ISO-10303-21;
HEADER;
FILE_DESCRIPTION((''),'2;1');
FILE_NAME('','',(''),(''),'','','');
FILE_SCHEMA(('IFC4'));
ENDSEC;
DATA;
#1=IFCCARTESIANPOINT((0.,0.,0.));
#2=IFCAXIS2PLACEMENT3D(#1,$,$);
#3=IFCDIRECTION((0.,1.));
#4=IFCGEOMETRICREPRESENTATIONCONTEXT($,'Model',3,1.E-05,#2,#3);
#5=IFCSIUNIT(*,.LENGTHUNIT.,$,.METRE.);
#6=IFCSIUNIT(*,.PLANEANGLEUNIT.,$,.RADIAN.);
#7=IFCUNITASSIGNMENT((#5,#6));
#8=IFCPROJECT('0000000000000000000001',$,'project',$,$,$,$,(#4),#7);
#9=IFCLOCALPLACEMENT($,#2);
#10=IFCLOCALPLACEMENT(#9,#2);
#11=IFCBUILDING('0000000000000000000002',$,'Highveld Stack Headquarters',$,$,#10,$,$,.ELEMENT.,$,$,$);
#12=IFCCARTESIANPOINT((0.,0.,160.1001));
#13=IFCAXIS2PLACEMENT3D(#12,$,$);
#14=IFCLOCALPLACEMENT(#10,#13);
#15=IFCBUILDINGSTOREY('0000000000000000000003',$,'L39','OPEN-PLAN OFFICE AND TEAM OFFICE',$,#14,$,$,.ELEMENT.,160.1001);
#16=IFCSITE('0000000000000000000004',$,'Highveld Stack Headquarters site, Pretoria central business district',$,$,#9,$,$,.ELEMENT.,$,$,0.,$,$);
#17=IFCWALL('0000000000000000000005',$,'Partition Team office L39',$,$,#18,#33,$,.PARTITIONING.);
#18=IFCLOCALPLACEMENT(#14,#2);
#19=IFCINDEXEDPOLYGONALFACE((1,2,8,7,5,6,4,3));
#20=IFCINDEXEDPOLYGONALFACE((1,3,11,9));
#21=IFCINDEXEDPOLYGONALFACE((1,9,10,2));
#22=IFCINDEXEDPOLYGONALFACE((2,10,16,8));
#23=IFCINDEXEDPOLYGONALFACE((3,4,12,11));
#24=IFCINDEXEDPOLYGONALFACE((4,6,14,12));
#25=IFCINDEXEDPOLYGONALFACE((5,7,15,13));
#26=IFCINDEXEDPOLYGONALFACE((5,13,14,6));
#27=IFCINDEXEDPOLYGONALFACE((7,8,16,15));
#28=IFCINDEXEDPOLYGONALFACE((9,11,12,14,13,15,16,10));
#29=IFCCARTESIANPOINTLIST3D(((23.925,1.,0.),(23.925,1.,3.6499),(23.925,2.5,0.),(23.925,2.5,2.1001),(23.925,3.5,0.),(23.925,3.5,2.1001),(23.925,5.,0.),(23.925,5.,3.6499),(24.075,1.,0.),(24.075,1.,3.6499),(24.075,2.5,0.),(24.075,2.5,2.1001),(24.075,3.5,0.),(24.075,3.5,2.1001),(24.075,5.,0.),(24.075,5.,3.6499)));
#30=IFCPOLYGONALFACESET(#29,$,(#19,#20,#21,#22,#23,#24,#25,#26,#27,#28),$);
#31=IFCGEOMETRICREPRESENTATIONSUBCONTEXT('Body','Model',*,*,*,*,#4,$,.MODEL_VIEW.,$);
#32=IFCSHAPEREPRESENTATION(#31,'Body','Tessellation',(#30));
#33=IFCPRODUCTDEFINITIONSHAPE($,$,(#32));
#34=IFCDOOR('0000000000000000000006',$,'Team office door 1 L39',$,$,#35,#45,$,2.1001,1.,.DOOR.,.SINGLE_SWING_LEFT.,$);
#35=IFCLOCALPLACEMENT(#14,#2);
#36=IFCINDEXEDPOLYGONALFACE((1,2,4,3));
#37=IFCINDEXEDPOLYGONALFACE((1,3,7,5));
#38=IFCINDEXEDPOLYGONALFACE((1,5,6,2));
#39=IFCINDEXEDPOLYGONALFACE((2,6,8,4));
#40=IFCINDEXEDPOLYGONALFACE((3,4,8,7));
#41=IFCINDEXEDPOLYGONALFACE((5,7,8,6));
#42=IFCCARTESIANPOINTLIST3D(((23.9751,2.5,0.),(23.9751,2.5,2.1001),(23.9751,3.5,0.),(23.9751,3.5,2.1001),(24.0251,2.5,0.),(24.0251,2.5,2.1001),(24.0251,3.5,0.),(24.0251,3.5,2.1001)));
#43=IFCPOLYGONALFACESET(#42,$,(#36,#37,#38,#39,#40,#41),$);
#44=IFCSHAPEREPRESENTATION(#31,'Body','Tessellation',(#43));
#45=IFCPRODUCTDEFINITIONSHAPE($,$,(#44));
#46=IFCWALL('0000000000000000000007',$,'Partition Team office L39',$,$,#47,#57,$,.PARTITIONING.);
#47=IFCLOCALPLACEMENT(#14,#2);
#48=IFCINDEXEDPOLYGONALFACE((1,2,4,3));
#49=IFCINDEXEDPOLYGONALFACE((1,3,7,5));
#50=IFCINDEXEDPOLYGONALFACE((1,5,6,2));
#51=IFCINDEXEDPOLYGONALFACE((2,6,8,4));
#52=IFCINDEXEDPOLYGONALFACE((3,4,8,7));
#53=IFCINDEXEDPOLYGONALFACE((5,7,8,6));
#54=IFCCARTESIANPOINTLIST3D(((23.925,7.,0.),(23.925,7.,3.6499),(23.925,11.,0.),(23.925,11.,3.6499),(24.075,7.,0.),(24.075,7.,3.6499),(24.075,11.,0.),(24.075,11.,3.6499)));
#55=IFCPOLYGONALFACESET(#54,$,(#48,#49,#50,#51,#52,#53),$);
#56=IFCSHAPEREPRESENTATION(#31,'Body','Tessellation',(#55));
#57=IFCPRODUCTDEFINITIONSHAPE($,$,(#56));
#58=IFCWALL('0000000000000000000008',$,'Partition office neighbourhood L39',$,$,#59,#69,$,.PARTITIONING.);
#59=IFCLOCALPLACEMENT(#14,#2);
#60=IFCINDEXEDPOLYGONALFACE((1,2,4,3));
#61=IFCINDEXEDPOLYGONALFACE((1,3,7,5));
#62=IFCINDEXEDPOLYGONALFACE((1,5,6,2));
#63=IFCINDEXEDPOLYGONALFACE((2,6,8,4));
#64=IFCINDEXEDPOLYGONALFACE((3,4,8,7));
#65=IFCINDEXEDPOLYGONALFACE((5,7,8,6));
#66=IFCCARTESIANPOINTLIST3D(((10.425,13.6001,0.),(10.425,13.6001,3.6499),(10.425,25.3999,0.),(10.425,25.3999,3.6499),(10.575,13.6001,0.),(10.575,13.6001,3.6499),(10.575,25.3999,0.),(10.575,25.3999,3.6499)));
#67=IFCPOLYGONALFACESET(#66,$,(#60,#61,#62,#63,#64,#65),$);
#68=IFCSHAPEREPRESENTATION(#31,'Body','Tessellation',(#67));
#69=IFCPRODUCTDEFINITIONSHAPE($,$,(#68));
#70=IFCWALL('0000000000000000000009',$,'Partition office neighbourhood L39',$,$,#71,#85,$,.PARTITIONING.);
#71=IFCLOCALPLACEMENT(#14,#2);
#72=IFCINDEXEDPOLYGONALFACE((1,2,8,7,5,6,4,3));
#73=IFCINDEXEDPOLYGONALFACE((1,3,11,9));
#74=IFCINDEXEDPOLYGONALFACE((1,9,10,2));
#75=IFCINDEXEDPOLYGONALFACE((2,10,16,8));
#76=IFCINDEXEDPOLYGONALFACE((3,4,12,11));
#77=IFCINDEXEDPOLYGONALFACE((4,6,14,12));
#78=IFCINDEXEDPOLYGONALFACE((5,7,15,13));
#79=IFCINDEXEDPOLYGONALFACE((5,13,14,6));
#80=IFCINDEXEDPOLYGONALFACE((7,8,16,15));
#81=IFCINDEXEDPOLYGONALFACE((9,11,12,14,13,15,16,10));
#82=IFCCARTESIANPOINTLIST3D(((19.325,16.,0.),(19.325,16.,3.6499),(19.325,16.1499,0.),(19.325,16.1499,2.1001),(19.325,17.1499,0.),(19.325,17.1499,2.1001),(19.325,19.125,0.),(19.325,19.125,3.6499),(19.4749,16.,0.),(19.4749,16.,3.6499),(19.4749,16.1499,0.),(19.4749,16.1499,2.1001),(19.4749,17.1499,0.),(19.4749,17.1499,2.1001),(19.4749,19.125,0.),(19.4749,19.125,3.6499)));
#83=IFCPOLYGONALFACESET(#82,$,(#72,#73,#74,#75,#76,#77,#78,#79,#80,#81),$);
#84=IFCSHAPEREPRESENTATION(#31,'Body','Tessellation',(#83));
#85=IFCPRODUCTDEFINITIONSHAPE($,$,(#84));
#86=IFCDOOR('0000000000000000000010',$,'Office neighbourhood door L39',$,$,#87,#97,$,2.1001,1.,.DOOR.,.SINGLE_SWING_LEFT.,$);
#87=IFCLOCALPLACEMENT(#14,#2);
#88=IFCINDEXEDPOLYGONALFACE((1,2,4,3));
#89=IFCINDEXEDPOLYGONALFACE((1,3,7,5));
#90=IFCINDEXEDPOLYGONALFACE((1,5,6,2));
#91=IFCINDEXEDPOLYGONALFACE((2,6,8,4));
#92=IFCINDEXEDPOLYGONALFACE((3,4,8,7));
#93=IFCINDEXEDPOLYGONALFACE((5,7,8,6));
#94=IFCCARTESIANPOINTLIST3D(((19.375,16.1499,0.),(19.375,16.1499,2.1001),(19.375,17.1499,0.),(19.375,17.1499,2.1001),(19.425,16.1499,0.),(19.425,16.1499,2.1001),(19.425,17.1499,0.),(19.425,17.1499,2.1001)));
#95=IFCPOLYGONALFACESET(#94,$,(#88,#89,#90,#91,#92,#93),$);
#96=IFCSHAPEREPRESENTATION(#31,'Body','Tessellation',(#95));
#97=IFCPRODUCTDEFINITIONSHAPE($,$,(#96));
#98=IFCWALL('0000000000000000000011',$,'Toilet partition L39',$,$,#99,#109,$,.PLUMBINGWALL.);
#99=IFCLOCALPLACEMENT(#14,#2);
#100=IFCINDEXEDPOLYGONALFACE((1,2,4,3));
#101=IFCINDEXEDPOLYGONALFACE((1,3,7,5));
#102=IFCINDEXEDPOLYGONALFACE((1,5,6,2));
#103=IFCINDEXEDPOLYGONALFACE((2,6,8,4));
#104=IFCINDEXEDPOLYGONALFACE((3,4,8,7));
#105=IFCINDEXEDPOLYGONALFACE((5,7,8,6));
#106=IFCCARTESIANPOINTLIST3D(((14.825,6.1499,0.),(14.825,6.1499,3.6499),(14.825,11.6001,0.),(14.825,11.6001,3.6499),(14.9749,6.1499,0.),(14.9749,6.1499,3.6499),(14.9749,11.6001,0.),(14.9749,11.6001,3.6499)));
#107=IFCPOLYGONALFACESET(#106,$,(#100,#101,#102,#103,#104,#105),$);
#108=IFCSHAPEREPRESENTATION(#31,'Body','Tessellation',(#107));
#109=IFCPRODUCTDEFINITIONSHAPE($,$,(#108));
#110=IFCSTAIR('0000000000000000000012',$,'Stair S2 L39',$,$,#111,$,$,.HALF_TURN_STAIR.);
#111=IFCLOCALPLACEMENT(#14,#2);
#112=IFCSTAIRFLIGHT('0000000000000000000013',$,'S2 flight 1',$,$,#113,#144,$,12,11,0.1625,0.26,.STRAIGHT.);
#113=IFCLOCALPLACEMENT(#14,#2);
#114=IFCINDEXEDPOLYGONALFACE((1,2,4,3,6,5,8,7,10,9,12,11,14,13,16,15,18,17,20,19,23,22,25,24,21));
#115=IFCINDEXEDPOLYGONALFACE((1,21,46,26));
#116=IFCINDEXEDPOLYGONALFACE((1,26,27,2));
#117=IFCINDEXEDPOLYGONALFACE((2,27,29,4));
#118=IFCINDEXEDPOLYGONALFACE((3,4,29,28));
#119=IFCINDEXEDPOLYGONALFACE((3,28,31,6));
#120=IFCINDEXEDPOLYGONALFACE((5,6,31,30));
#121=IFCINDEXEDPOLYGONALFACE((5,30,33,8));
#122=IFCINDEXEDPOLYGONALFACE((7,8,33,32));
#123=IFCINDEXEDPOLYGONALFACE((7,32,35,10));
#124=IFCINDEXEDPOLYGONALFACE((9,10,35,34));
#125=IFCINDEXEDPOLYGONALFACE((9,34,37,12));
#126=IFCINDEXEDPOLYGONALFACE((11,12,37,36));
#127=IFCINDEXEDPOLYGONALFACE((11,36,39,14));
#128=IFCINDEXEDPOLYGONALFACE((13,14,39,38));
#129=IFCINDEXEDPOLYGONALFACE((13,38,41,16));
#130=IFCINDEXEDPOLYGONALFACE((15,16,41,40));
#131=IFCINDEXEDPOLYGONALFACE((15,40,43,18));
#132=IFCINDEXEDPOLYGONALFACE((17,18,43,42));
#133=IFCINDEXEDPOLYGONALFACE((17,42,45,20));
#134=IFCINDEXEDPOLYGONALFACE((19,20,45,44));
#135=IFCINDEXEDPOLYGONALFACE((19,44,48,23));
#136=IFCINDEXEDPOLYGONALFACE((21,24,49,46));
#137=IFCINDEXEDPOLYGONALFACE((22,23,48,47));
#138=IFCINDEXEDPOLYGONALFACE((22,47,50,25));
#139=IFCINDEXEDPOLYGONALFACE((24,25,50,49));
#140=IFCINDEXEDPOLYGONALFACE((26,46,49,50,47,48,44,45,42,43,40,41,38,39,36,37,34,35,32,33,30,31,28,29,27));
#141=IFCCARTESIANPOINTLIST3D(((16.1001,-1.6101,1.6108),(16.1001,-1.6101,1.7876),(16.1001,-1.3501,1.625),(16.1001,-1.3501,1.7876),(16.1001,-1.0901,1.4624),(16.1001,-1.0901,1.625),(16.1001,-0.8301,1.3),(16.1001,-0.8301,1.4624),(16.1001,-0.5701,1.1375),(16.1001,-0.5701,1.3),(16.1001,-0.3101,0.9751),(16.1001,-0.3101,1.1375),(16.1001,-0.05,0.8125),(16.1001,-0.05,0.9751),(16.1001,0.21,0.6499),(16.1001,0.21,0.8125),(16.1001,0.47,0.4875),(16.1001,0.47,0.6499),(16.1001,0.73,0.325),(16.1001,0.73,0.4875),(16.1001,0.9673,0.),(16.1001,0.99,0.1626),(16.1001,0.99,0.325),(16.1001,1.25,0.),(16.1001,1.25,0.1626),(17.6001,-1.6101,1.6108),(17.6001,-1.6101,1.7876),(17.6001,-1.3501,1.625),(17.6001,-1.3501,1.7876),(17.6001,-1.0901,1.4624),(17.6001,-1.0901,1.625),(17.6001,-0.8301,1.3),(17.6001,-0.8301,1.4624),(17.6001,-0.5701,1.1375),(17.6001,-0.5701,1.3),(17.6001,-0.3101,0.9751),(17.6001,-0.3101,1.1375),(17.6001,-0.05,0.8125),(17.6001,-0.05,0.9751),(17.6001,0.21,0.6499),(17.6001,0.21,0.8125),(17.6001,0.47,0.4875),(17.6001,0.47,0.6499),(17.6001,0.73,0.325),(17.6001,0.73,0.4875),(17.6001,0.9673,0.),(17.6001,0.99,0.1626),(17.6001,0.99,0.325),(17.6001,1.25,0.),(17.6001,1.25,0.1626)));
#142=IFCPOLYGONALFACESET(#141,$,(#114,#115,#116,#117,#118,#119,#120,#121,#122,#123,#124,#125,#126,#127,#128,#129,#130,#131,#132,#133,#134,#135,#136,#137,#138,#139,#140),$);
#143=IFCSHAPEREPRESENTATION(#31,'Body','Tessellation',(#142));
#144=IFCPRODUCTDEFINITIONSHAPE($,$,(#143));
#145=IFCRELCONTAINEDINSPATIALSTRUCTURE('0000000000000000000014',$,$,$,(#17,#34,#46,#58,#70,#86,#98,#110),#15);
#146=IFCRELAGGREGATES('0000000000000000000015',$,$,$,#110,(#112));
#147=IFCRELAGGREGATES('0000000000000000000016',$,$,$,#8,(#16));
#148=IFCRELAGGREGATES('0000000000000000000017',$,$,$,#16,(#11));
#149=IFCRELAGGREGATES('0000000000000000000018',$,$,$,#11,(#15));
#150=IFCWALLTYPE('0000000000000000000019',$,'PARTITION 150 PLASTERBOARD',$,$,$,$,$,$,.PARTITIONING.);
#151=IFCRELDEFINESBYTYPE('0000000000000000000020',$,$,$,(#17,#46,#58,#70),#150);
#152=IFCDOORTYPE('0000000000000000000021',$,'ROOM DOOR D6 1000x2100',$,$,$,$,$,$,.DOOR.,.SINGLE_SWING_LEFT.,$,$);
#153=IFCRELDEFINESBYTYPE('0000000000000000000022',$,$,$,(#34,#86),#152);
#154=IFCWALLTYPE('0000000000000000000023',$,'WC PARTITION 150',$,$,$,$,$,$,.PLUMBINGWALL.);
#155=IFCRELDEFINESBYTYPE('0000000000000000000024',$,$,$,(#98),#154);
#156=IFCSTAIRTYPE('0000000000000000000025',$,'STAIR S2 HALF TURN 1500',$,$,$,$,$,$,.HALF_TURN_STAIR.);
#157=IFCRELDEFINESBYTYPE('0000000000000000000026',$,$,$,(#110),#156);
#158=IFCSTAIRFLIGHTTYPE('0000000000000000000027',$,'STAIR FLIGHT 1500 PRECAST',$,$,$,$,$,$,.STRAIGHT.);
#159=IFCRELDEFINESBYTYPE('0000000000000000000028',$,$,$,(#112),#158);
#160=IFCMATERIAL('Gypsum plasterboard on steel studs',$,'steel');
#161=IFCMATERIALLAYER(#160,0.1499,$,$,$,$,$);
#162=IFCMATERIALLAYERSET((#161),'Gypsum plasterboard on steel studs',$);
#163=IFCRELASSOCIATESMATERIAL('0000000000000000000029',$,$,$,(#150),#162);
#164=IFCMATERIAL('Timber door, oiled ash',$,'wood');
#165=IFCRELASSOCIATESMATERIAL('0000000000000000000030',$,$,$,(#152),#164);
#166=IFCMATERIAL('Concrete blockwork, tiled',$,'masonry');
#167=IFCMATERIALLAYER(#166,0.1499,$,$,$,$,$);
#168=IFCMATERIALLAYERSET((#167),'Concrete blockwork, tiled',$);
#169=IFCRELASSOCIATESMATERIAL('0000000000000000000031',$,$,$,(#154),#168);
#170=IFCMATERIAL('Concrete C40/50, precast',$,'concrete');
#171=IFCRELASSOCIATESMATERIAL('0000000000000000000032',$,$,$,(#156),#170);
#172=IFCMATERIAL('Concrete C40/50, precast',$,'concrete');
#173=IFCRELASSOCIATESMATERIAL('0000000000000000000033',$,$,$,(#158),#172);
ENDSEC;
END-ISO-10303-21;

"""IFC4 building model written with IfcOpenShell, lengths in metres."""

from ifc_helpers import new_model, si_unit, direction, frame, frame_2d, origin, place, context, subcontext, project, spatial, polyline, rectangle, outline, extrude, material, layer, layer_set, type_object, element, fill, aggregate, save


model = new_model("IFC4")

# Units and contexts
model_context = context("Model", 3, precision=1e-05, world=origin(), true_north=direction((0.0, 1.0)))
body_context = subcontext(model_context, "Body", "Model", "MODEL_VIEW")
ifc_project = project(units=[si_unit("LENGTHUNIT", "METRE"), si_unit("PLANEANGLEUNIT", "RADIAN")], contexts=[model_context])

# Site, building, storey
site_placement = place(None, origin())
site = spatial("IfcSite", under=ifc_project, at=site_placement, Name="Highveld Stack Headquarters site, Pretoria central business district", CompositionType="ELEMENT", RefElevation=0.0)
building_placement = place(site_placement, origin())
building = spatial("IfcBuilding", under=site, at=building_placement, Name="Highveld Stack Headquarters", CompositionType="ELEMENT")
storey_placement = place(building_placement, frame((0.0, 0.0, 160.1001)))
storey = spatial("IfcBuildingStorey", under=building, at=storey_placement, Name="L39", Description="OPEN-PLAN OFFICE AND TEAM OFFICE", CompositionType="ELEMENT", Elevation=160.1001)

# Shared definitions
ifc_material_1 = material(Name="Gypsum plasterboard on steel studs", Category="steel")
ifc_layer_1 = layer(ifc_material_1, 0.1499)
ifc_layer_set_1 = layer_set([ifc_layer_1], Name="Gypsum plasterboard on steel studs")
wall_type_1 = type_object("IfcWallType", Name="PARTITION 150 PLASTERBOARD", PredefinedType="PARTITIONING", material=ifc_layer_set_1)
ifc_material_2 = material(Name="Timber door, oiled ash", Category="wood")
door_type_1 = type_object("IfcDoorType", Name="ROOM DOOR D6 1000x2100", OperationType="SINGLE_SWING_LEFT", PredefinedType="DOOR", material=ifc_material_2)

# Wall, opening, door
wall_1_placement = place(storey_placement, frame((24.0, 1.0, 0.0), z_axis=(0.0, 0.0, 1.0), x_axis=(0.0, 1.0, 0.0)))
wall_1 = element("IfcWall", 1, at=wall_1_placement, inside=storey, type_object=wall_type_1, Name="Partition Team office L39", PredefinedType="PARTITIONING", context=body_context, shape_type="SweptSolid", body=[
    extrude(rectangle(XDim=4.0, YDim=0.1499, at=frame_2d((2.0, 0.0))), origin(), (0.0, 0.0, 1.0), 3.6499),
])
opening_1_placement = place(wall_1_placement, frame((1.5, 0.0, 0.0)))
opening_1 = element("IfcOpeningElement", 2, at=opening_1_placement, cuts=wall_1, PredefinedType="OPENING", context=body_context, shape_type="SweptSolid", body=[
    extrude(rectangle(XDim=1.0, YDim=2.1001, at=frame_2d((0.5, 1.05))), frame((0.0, 0.085, 0.0), z_axis=(0.0, -1.0, 0.0), x_axis=(1.0, 0.0, 0.0)), (0.0, 0.0, 1.0), 0.1699),
])
door_1_placement = place(opening_1_placement, origin())
door_1 = element("IfcDoor", 3, at=door_1_placement, inside=storey, type_object=door_type_1, Name="Team office door 1 L39", OperationType="SINGLE_SWING_LEFT", OverallHeight=2.1001, OverallWidth=1.0, PredefinedType="DOOR", context=body_context, shape_type="SweptSolid", body=[
    extrude(rectangle(XDim=1.0, YDim=2.1001, at=frame_2d((0.5, 1.05))), frame((0.0, 0.0249, 0.0), z_axis=(0.0, -1.0, 0.0), x_axis=(1.0, 0.0, 0.0)), (0.0, 0.0, 1.0), 0.05),
])
fill(opening_1, door_1)

# Walls
wall_2_placement = place(storey_placement, frame((24.0, 7.0, 0.0), z_axis=(0.0, 0.0, 1.0), x_axis=(0.0, 1.0, 0.0)))
element("IfcWall", 4, at=wall_2_placement, inside=storey, type_object=wall_type_1, Name="Partition Team office L39", PredefinedType="PARTITIONING", context=body_context, shape_type="SweptSolid", body=[
    extrude(rectangle(XDim=4.0, YDim=0.1499, at=frame_2d((2.0, 0.0))), origin(), (0.0, 0.0, 1.0), 3.6499),
])
wall_3_placement = place(storey_placement, frame((10.5, 13.6001, 0.0), z_axis=(0.0, 0.0, 1.0), x_axis=(0.0, 1.0, 0.0)))
element("IfcWall", 5, at=wall_3_placement, inside=storey, type_object=wall_type_1, Name="Partition office neighbourhood L39", PredefinedType="PARTITIONING", context=body_context, shape_type="SweptSolid", body=[
    extrude(rectangle(XDim=11.7998, YDim=0.1499, at=frame_2d((5.8999, 0.0))), origin(), (0.0, 0.0, 1.0), 3.6499),
])

# Wall, opening, door
wall_4_placement = place(storey_placement, frame((19.3999, 16.0, 0.0), z_axis=(0.0, 0.0, 1.0), x_axis=(0.0, 1.0, 0.0)))
wall_4 = element("IfcWall", 6, at=wall_4_placement, inside=storey, type_object=wall_type_1, Name="Partition office neighbourhood L39", PredefinedType="PARTITIONING", context=body_context, shape_type="SweptSolid", body=[
    extrude(rectangle(XDim=3.125, YDim=0.1499, at=frame_2d((1.5625, 0.0))), origin(), (0.0, 0.0, 1.0), 3.6499),
])
opening_2_placement = place(wall_4_placement, frame((0.1499, 0.0, 0.0)))
opening_2 = element("IfcOpeningElement", 7, at=opening_2_placement, cuts=wall_4, PredefinedType="OPENING", context=body_context, shape_type="SweptSolid", body=[
    extrude(rectangle(XDim=1.0, YDim=2.1001, at=frame_2d((0.5, 1.05))), frame((0.0, 0.085, 0.0), z_axis=(0.0, -1.0, 0.0), x_axis=(1.0, 0.0, 0.0)), (0.0, 0.0, 1.0), 0.1699),
])
door_2_placement = place(opening_2_placement, origin())
door_2 = element("IfcDoor", 8, at=door_2_placement, inside=storey, type_object=door_type_1, Name="Office neighbourhood door L39", OperationType="SINGLE_SWING_LEFT", OverallHeight=2.1001, OverallWidth=1.0, PredefinedType="DOOR", context=body_context, shape_type="SweptSolid", body=[
    extrude(rectangle(XDim=1.0, YDim=2.1001, at=frame_2d((0.5, 1.05))), frame((0.0, 0.0249, 0.0), z_axis=(0.0, -1.0, 0.0), x_axis=(1.0, 0.0, 0.0)), (0.0, 0.0, 1.0), 0.05),
])
fill(opening_2, door_2)

# Wall
ifc_material_3 = material(Name="Concrete blockwork, tiled", Category="masonry")
ifc_layer_2 = layer(ifc_material_3, 0.1499)
ifc_layer_set_2 = layer_set([ifc_layer_2], Name="Concrete blockwork, tiled")
wall_type_2 = type_object("IfcWallType", Name="WC PARTITION 150", PredefinedType="PLUMBINGWALL", material=ifc_layer_set_2)
wall_5_placement = place(storey_placement, frame((14.8999, 6.1499, 0.0), z_axis=(0.0, 0.0, 1.0), x_axis=(0.0, 1.0, 0.0)))
element("IfcWall", 9, at=wall_5_placement, inside=storey, type_object=wall_type_2, Name="Toilet partition L39", PredefinedType="PLUMBINGWALL", context=body_context, shape_type="SweptSolid", body=[
    extrude(rectangle(XDim=5.4502, YDim=0.1499, at=frame_2d((2.7251, 0.0))), origin(), (0.0, 0.0, 1.0), 3.6499),
])

# Stair, stair flight
ifc_material_4 = material(Name="Concrete C40/50, precast", Category="concrete")
stair_type = type_object("IfcStairType", Name="STAIR S2 HALF TURN 1500", PredefinedType="HALF_TURN_STAIR", material=ifc_material_4)
stair_placement = place(storey_placement, origin())
stair = element("IfcStair", 10, at=stair_placement, inside=storey, type_object=stair_type, Name="Stair S2 L39", PredefinedType="HALF_TURN_STAIR")
ifc_material_5 = material(Name="Concrete C40/50, precast", Category="concrete")
stair_flight_type = type_object("IfcStairFlightType", Name="STAIR FLIGHT 1500 PRECAST", PredefinedType="STRAIGHT", material=ifc_material_5)
stair_flight_placement = place(storey_placement, frame((16.8501, 1.25, 0.0), z_axis=(0.0, 0.0, 1.0), x_axis=(0.0, -1.0, 0.0)))
stair_flight = element("IfcStairFlight", 11, at=stair_flight_placement, type_object=stair_flight_type, Name="S2 flight 1", NumberOfRisers=12, NumberOfTreads=11, PredefinedType="STRAIGHT", RiserHeight=0.1625, TreadLength=0.26, context=body_context, shape_type="SweptSolid", body=[
    extrude(outline(polyline([(0.0, 0.0), (0.0, 0.1626), (0.26, 0.1626), (0.26, 0.325), (0.52, 0.325), (0.52, 0.4875), (0.78, 0.4875), (0.78, 0.6499), (1.04, 0.6499), (1.04, 0.8125), (1.3, 0.8125), (1.3, 0.9751), (1.5601, 0.9751), (1.5601, 1.1375), (1.8201, 1.1375), (1.8201, 1.3), (2.0801, 1.3), (2.0801, 1.4624), (2.3401, 1.4624), (2.3401, 1.625), (2.6001, 1.625), (2.6001, 1.7876), (2.8601, 1.7876), (2.8601, 1.95), (2.8601, 1.6108), (0.2827, 0.0), (0.0, 0.0)])), frame((0.0, 0.75, 0.0), z_axis=(0.0, -1.0, 0.0), x_axis=(1.0, 0.0, 0.0)), (0.0, 0.0, 1.0), 1.5),
])
aggregate(stair, [stair_flight])

save(model, "model.ifc")
